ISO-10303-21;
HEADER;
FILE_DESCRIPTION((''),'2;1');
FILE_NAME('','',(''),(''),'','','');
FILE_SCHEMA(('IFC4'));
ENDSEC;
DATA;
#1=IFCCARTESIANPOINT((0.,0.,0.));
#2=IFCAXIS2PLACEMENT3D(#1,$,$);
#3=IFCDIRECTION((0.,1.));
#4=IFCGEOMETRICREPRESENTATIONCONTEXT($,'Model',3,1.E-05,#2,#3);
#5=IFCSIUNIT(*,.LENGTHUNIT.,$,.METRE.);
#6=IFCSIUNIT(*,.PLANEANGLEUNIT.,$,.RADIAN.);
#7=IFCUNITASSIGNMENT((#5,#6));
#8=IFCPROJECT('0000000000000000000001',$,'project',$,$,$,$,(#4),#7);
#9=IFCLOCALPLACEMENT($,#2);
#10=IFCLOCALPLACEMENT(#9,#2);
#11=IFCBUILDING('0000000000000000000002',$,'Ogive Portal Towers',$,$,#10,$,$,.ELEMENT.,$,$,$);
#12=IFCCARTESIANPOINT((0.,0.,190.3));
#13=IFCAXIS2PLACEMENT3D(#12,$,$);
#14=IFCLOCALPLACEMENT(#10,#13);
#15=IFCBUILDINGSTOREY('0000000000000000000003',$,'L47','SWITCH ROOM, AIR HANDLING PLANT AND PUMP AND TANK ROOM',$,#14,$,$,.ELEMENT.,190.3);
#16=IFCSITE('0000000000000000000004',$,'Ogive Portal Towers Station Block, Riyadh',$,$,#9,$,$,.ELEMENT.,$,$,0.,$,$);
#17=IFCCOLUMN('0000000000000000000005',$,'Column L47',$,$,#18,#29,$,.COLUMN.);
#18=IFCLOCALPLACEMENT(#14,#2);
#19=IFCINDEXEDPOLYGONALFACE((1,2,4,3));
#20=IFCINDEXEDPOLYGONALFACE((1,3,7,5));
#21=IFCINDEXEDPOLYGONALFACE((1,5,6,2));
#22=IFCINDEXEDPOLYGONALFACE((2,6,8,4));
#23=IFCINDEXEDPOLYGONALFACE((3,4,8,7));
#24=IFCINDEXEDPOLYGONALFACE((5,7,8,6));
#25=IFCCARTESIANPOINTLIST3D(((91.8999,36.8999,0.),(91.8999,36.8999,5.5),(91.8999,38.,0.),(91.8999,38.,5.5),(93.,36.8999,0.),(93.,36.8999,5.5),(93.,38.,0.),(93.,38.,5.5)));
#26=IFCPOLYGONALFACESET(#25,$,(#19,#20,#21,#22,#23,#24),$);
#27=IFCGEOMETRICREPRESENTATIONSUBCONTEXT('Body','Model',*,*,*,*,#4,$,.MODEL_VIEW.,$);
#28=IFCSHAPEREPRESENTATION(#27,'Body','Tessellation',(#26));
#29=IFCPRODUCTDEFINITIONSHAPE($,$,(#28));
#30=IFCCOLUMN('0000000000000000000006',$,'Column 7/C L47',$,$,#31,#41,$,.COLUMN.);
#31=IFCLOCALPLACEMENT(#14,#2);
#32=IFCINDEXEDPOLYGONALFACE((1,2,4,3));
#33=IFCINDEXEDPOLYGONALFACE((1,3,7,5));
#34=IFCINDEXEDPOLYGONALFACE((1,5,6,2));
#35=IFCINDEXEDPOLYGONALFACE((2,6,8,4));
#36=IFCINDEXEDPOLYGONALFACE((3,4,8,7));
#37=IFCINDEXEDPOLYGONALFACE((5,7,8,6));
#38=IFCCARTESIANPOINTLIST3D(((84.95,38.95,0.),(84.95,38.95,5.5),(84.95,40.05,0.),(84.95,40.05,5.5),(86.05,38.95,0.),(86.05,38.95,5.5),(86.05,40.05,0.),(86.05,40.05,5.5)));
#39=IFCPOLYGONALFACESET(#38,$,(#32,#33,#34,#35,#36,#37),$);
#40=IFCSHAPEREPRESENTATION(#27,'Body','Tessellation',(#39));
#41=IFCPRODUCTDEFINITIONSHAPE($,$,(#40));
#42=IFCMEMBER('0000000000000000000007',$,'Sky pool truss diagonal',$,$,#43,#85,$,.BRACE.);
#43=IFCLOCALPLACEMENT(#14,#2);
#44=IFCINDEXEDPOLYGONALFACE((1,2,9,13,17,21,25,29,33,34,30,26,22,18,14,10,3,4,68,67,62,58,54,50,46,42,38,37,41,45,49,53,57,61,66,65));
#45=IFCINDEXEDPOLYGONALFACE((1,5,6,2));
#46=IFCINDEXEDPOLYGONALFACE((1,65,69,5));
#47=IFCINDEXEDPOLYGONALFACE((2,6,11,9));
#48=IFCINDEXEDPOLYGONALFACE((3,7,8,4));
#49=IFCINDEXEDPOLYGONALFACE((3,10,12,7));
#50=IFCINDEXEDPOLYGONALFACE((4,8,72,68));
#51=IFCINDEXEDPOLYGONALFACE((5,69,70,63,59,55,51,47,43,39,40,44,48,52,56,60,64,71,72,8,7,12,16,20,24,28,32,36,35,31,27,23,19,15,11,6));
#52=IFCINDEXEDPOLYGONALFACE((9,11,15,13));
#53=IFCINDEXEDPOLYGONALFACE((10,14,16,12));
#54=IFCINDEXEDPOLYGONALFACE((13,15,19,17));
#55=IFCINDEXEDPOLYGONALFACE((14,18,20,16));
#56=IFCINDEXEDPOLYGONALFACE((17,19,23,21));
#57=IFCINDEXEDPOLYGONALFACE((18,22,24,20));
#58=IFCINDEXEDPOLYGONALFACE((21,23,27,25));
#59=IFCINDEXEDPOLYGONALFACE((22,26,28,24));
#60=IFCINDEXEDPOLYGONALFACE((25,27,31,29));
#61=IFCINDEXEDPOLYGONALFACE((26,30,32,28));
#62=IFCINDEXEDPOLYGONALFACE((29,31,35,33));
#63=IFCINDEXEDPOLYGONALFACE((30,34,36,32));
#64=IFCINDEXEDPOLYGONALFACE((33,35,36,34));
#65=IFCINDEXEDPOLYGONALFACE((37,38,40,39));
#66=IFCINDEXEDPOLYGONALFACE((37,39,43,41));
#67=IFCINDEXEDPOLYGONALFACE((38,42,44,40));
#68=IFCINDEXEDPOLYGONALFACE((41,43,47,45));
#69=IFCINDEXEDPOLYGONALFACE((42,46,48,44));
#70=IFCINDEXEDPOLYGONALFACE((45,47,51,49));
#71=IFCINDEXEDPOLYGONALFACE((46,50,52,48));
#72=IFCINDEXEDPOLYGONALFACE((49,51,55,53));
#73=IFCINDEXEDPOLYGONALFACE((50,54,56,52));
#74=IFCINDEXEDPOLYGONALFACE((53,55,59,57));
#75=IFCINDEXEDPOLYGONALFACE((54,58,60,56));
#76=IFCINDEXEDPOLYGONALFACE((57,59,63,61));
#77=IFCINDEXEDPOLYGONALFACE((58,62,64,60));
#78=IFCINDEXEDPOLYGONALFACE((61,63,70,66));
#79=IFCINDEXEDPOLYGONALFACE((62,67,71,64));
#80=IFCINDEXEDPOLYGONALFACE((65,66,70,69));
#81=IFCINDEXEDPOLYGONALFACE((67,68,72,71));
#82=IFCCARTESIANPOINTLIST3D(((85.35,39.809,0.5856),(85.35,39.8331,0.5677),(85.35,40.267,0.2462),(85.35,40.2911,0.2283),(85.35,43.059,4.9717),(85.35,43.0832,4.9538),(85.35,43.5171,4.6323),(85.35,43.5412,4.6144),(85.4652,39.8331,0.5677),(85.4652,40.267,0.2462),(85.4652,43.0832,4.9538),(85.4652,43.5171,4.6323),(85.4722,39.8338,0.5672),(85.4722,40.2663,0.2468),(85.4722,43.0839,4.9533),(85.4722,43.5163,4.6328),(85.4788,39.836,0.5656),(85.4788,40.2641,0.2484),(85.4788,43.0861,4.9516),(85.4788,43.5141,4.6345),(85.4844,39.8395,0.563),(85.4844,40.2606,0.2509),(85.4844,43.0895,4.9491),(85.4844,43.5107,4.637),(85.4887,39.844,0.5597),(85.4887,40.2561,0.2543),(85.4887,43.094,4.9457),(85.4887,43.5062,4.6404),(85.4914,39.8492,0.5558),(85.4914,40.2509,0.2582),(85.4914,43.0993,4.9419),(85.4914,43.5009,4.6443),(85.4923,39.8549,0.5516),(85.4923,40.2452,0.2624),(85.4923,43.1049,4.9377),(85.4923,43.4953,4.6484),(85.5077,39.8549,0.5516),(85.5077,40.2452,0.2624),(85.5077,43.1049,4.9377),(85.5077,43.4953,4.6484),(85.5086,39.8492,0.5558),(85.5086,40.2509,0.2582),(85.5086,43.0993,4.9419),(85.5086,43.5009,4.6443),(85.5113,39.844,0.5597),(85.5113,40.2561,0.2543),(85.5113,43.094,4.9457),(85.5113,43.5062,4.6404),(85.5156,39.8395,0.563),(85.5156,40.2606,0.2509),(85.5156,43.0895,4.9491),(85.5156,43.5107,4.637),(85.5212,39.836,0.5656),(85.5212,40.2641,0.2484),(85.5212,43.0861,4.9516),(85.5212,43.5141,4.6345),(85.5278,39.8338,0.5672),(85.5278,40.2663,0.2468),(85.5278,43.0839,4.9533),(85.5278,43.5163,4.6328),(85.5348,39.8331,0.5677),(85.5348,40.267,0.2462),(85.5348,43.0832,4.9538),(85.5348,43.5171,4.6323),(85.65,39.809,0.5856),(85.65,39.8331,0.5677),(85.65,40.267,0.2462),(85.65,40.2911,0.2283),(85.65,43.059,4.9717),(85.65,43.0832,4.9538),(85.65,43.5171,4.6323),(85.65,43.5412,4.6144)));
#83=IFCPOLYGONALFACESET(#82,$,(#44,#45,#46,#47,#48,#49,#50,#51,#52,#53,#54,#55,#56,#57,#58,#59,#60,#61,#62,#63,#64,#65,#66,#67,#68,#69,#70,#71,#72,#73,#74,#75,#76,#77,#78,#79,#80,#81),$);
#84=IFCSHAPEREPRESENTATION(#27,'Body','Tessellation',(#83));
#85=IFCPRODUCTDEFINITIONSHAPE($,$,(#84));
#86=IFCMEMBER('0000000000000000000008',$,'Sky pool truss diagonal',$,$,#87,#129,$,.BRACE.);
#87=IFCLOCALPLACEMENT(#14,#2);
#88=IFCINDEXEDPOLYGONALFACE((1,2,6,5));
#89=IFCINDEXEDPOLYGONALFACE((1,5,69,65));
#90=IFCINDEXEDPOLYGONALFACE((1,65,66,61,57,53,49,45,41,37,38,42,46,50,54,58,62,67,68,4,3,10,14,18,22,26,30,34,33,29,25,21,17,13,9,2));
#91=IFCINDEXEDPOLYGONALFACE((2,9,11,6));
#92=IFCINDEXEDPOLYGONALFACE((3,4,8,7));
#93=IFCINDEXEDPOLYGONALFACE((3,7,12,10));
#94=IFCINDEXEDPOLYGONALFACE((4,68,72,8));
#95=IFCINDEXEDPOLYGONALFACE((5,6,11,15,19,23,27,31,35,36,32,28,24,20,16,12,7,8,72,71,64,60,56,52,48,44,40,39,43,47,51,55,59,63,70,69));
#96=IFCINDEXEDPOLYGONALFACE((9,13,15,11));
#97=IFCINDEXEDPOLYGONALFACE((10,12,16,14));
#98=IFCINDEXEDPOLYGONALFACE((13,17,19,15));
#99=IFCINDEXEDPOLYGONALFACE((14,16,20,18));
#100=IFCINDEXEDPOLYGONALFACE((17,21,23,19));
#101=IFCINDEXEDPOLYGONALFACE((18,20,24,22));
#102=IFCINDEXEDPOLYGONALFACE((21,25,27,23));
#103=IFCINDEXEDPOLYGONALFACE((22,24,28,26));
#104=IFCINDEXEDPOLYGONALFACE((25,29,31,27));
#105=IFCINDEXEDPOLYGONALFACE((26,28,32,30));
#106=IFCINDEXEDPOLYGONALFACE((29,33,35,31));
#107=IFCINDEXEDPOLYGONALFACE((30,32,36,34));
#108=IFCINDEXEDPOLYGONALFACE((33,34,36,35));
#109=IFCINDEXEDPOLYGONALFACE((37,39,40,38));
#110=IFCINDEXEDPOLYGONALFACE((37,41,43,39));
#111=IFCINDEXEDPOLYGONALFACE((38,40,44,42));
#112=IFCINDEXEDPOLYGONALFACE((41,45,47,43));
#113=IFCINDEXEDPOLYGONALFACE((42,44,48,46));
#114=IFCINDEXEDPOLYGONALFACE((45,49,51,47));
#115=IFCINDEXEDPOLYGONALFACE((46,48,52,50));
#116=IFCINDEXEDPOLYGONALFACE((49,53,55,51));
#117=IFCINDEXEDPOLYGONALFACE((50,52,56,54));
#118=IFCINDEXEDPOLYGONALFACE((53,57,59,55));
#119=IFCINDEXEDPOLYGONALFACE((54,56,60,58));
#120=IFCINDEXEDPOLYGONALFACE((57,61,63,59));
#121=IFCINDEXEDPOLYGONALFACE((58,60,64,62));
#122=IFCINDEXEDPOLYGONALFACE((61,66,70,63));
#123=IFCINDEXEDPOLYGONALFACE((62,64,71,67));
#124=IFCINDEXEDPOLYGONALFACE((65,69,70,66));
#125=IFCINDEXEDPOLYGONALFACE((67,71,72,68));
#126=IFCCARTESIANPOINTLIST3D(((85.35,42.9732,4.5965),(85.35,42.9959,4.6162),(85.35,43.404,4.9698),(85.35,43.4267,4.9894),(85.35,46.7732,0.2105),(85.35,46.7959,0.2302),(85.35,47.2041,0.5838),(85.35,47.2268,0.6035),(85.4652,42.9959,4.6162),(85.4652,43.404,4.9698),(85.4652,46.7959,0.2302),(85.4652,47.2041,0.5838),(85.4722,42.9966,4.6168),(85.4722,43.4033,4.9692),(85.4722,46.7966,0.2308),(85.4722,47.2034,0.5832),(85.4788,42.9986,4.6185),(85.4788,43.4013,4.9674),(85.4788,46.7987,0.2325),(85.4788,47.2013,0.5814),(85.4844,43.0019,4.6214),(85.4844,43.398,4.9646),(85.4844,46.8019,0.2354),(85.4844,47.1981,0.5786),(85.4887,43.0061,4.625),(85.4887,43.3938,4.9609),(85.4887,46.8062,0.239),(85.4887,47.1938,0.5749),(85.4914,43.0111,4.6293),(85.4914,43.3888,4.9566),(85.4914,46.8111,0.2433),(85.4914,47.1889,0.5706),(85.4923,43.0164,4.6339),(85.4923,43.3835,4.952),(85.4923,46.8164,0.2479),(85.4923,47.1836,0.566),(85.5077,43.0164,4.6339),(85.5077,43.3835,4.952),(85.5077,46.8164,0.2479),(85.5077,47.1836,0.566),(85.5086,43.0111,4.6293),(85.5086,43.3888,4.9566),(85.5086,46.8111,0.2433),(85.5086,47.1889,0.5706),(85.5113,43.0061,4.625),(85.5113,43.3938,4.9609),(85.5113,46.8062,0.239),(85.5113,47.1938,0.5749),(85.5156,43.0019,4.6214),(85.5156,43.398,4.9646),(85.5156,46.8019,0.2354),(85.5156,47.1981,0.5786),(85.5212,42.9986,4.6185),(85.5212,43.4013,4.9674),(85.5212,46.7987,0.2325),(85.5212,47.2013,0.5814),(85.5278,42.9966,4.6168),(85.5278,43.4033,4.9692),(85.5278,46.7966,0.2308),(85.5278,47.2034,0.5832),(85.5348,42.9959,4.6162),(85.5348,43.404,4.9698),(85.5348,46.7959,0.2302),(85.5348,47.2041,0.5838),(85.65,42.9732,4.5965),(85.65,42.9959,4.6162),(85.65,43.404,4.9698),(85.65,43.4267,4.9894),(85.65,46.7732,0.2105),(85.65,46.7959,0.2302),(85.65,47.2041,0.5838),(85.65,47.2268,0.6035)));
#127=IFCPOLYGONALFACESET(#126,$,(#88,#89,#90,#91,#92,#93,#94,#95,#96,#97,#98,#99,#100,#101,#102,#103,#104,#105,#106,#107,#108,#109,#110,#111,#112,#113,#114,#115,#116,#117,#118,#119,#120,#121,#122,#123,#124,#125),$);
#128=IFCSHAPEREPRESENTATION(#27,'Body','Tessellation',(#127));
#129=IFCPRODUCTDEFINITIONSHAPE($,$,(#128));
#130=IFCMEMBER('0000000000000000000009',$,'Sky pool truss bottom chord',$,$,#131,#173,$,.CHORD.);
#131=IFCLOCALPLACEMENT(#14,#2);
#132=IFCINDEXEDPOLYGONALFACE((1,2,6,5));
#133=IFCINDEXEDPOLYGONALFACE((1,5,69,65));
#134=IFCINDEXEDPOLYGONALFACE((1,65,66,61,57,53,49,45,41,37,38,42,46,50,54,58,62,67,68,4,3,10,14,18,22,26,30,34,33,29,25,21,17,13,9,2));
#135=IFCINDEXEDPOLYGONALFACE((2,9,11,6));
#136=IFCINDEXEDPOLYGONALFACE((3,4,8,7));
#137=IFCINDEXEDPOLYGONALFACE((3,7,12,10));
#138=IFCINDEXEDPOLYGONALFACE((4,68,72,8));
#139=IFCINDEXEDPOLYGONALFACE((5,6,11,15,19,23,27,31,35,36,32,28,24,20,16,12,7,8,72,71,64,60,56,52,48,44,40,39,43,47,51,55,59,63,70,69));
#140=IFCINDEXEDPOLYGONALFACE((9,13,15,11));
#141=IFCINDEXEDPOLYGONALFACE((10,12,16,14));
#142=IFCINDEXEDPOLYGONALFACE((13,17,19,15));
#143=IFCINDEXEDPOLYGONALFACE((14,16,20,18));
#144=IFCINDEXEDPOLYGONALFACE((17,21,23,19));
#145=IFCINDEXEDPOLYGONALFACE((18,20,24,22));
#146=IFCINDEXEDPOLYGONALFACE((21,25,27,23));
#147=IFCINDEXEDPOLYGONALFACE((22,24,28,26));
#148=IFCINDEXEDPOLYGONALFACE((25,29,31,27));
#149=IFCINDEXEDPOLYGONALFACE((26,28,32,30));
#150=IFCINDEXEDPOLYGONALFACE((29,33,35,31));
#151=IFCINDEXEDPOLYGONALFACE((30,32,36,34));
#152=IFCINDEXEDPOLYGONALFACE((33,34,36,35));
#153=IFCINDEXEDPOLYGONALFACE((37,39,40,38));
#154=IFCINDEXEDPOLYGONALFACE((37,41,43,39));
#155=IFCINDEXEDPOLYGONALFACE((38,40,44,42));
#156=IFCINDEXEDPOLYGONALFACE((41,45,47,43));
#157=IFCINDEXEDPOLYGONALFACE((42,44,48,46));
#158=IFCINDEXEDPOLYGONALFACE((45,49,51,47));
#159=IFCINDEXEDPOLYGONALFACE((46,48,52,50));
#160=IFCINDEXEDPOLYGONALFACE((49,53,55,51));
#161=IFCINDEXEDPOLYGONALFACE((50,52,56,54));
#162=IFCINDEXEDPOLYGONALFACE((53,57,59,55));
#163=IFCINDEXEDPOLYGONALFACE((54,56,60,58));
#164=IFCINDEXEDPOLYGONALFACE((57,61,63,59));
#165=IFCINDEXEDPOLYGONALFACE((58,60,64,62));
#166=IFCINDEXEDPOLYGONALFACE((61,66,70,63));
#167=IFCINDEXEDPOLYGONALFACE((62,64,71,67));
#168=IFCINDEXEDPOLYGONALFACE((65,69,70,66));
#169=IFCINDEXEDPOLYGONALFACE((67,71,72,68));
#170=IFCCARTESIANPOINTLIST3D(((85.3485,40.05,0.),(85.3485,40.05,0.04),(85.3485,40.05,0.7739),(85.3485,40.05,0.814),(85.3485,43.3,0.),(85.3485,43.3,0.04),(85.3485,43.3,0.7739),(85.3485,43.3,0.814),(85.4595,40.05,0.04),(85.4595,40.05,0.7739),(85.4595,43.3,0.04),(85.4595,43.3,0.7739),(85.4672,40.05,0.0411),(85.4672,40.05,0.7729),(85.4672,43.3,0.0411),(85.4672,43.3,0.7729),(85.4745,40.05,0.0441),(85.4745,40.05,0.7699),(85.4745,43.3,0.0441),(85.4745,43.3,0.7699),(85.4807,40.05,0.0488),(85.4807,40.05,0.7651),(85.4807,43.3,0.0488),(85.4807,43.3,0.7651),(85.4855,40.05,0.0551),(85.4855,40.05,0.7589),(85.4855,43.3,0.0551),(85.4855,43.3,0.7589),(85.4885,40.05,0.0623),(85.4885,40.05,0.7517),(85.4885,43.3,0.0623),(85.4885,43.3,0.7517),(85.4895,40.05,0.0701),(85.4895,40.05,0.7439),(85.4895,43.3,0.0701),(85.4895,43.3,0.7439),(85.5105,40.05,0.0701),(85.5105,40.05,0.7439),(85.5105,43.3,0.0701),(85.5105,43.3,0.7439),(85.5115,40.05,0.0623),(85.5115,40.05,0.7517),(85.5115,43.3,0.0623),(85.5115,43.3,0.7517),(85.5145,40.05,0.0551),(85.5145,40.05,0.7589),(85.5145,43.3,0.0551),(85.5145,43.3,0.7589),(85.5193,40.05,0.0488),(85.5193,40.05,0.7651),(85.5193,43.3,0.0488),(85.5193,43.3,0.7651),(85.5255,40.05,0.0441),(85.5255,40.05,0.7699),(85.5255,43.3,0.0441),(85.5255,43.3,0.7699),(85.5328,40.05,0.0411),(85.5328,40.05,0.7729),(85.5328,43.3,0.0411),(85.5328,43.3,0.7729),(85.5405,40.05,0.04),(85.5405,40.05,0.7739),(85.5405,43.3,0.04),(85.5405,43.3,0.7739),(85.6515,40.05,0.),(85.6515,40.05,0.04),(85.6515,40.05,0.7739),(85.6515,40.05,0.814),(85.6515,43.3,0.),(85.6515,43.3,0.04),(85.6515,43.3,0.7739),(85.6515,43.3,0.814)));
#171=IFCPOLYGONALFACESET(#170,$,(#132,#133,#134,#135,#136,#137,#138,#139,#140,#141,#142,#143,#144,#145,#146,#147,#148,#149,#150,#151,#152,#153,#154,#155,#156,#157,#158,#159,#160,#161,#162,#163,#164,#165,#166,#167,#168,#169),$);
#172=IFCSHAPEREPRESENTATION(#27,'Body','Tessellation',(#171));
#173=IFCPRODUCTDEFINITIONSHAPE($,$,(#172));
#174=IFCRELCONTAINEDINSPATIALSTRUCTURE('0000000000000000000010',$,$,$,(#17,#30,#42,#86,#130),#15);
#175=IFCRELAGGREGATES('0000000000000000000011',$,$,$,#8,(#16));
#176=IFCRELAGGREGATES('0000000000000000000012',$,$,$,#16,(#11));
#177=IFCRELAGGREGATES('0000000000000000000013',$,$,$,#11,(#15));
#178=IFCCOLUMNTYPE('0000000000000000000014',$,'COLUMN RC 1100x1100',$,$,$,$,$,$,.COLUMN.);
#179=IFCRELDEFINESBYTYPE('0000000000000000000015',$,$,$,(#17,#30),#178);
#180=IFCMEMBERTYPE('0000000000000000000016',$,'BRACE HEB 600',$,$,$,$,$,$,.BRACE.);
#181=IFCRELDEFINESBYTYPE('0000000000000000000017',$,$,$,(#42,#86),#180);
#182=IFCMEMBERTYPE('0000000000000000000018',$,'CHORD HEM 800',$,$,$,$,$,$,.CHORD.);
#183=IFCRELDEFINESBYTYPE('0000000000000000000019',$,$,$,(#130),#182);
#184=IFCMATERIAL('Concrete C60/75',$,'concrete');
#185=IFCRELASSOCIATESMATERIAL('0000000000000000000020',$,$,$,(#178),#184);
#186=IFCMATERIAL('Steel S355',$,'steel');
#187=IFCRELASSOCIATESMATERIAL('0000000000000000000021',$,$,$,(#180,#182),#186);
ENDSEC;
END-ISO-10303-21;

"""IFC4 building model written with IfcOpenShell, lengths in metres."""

from ifc_helpers import new_model, si_unit, direction, frame, origin, origin_2d, place, context, subcontext, project, spatial, rectangle, i_section, extrude, material, material_profile, profile_set, type_object, element, save


model = new_model("IFC4")

# Units and contexts
model_context = context("Model", 3, precision=1e-05, world=origin(), true_north=direction((0.0, 1.0)))
body_context = subcontext(model_context, "Body", "Model", "MODEL_VIEW")
ifc_project = project(units=[si_unit("LENGTHUNIT", "METRE"), si_unit("PLANEANGLEUNIT", "RADIAN")], contexts=[model_context])

# Site, building, storey
site_placement = place(None, origin())
site = spatial("IfcSite", under=ifc_project, at=site_placement, Name="Ogive Portal Towers Station Block, Riyadh", CompositionType="ELEMENT", RefElevation=0.0)
building_placement = place(site_placement, origin())
building = spatial("IfcBuilding", under=site, at=building_placement, Name="Ogive Portal Towers", CompositionType="ELEMENT")
storey_placement = place(building_placement, frame((0.0, 0.0, 190.3)))
storey = spatial("IfcBuildingStorey", under=building, at=storey_placement, Name="L47", Description="SWITCH ROOM, AIR HANDLING PLANT AND PUMP AND TANK ROOM", CompositionType="ELEMENT", Elevation=190.3)

# Columns
ifc_material_1 = material(Name="Concrete C60/75", Category="concrete")
ifc_material_profile_1 = material_profile(ifc_material_1, rectangle(XDim=1.1001, YDim=1.1001, at=origin_2d()), Name="RC 1100x1100")
ifc_profile_set_1 = profile_set([ifc_material_profile_1], Name="Concrete C60/75")
column_type = type_object("IfcColumnType", Name="COLUMN RC 1100x1100", PredefinedType="COLUMN", material=ifc_profile_set_1)
for number, where, z_axis, x_axis, name in (
    (1, (92.45, 37.45, 0.0), (0.0, 0.0, 1.0), (1.0, 0.0, 0.0), "Column L47"),
    (2, (85.5, 39.5, 0.0), (0.0, 0.0, 1.0), (1.0, 0.0, 0.0), "Column 7/C L47"),
):
    element("IfcColumn", number, at=place(storey_placement, frame(where, z_axis=z_axis, x_axis=x_axis)), inside=storey, type_object=column_type, Name=name, PredefinedType="COLUMN", context=body_context, shape_type="SweptSolid", body=[
        extrude(rectangle(XDim=1.1001, YDim=1.1001, at=origin_2d()), origin(), (0.0, 0.0, 1.0), 5.5),
    ])

# Members
ifc_material_2 = material(Name="Steel S355", Category="steel")
ifc_material_profile_2 = material_profile(ifc_material_2, i_section(OverallWidth=0.3, OverallDepth=0.6001, WebThickness=0.0154, FlangeThickness=0.03, FilletRadius=0.0271, at=origin_2d()), Name="HEB 600")
ifc_profile_set_2 = profile_set([ifc_material_profile_2], Name="Steel S355")
member_type_1 = type_object("IfcMemberType", Name="BRACE HEB 600", PredefinedType="BRACE", material=ifc_profile_set_2)
member_1_placement = place(storey_placement, frame((85.5, 40.05, 0.407), z_axis=(0.0, 0.59536, 0.803459), x_axis=(-1.0, 0.0, 0.0)))
element("IfcMember", 3, at=member_1_placement, inside=storey, type_object=member_type_1, Name="Sky pool truss diagonal", PredefinedType="BRACE", context=body_context, shape_type="SweptSolid", body=[
    extrude(i_section(OverallWidth=0.3, OverallDepth=0.6001, WebThickness=0.0154, FlangeThickness=0.03, FilletRadius=0.0271, at=origin_2d()), origin(), (0.0, 0.0, 1.0), 5.459),
])
member_2_placement = place(storey_placement, frame((85.5, 43.2, 4.793), z_axis=(0.0, 0.654818, -0.755786), x_axis=(-1.0, 0.0, 0.0)))
element("IfcMember", 4, at=member_2_placement, inside=storey, type_object=member_type_1, Name="Sky pool truss diagonal", PredefinedType="BRACE", context=body_context, shape_type="SweptSolid", body=[
    extrude(i_section(OverallWidth=0.3, OverallDepth=0.6001, WebThickness=0.0154, FlangeThickness=0.03, FilletRadius=0.0271, at=origin_2d()), origin(), (0.0, 0.0, 1.0), 5.8032),
])
ifc_material_profile_3 = material_profile(ifc_material_2, i_section(OverallWidth=0.303, OverallDepth=0.814, WebThickness=0.021, FlangeThickness=0.04, FilletRadius=0.03, at=origin_2d()), Name="HEM 800")
ifc_profile_set_3 = profile_set([ifc_material_profile_3], Name="Steel S355")
member_type_2 = type_object("IfcMemberType", Name="CHORD HEM 800", PredefinedType="CHORD", material=ifc_profile_set_3)
for number, where, z_axis, x_axis, name in (
    (5, (85.5, 40.05, 0.407), (0.0, 1.0, 0.0), (-1.0, 0.0, 0.0), "Sky pool truss bottom chord"),
):
    element("IfcMember", number, at=place(storey_placement, frame(where, z_axis=z_axis, x_axis=x_axis)), inside=storey, type_object=member_type_2, Name=name, PredefinedType="CHORD", context=body_context, shape_type="SweptSolid", body=[
        extrude(i_section(OverallWidth=0.303, OverallDepth=0.814, WebThickness=0.021, FlangeThickness=0.04, FilletRadius=0.03, at=origin_2d()), origin(), (0.0, 0.0, 1.0), 3.25),
    ])

save(model, "model.ifc")
